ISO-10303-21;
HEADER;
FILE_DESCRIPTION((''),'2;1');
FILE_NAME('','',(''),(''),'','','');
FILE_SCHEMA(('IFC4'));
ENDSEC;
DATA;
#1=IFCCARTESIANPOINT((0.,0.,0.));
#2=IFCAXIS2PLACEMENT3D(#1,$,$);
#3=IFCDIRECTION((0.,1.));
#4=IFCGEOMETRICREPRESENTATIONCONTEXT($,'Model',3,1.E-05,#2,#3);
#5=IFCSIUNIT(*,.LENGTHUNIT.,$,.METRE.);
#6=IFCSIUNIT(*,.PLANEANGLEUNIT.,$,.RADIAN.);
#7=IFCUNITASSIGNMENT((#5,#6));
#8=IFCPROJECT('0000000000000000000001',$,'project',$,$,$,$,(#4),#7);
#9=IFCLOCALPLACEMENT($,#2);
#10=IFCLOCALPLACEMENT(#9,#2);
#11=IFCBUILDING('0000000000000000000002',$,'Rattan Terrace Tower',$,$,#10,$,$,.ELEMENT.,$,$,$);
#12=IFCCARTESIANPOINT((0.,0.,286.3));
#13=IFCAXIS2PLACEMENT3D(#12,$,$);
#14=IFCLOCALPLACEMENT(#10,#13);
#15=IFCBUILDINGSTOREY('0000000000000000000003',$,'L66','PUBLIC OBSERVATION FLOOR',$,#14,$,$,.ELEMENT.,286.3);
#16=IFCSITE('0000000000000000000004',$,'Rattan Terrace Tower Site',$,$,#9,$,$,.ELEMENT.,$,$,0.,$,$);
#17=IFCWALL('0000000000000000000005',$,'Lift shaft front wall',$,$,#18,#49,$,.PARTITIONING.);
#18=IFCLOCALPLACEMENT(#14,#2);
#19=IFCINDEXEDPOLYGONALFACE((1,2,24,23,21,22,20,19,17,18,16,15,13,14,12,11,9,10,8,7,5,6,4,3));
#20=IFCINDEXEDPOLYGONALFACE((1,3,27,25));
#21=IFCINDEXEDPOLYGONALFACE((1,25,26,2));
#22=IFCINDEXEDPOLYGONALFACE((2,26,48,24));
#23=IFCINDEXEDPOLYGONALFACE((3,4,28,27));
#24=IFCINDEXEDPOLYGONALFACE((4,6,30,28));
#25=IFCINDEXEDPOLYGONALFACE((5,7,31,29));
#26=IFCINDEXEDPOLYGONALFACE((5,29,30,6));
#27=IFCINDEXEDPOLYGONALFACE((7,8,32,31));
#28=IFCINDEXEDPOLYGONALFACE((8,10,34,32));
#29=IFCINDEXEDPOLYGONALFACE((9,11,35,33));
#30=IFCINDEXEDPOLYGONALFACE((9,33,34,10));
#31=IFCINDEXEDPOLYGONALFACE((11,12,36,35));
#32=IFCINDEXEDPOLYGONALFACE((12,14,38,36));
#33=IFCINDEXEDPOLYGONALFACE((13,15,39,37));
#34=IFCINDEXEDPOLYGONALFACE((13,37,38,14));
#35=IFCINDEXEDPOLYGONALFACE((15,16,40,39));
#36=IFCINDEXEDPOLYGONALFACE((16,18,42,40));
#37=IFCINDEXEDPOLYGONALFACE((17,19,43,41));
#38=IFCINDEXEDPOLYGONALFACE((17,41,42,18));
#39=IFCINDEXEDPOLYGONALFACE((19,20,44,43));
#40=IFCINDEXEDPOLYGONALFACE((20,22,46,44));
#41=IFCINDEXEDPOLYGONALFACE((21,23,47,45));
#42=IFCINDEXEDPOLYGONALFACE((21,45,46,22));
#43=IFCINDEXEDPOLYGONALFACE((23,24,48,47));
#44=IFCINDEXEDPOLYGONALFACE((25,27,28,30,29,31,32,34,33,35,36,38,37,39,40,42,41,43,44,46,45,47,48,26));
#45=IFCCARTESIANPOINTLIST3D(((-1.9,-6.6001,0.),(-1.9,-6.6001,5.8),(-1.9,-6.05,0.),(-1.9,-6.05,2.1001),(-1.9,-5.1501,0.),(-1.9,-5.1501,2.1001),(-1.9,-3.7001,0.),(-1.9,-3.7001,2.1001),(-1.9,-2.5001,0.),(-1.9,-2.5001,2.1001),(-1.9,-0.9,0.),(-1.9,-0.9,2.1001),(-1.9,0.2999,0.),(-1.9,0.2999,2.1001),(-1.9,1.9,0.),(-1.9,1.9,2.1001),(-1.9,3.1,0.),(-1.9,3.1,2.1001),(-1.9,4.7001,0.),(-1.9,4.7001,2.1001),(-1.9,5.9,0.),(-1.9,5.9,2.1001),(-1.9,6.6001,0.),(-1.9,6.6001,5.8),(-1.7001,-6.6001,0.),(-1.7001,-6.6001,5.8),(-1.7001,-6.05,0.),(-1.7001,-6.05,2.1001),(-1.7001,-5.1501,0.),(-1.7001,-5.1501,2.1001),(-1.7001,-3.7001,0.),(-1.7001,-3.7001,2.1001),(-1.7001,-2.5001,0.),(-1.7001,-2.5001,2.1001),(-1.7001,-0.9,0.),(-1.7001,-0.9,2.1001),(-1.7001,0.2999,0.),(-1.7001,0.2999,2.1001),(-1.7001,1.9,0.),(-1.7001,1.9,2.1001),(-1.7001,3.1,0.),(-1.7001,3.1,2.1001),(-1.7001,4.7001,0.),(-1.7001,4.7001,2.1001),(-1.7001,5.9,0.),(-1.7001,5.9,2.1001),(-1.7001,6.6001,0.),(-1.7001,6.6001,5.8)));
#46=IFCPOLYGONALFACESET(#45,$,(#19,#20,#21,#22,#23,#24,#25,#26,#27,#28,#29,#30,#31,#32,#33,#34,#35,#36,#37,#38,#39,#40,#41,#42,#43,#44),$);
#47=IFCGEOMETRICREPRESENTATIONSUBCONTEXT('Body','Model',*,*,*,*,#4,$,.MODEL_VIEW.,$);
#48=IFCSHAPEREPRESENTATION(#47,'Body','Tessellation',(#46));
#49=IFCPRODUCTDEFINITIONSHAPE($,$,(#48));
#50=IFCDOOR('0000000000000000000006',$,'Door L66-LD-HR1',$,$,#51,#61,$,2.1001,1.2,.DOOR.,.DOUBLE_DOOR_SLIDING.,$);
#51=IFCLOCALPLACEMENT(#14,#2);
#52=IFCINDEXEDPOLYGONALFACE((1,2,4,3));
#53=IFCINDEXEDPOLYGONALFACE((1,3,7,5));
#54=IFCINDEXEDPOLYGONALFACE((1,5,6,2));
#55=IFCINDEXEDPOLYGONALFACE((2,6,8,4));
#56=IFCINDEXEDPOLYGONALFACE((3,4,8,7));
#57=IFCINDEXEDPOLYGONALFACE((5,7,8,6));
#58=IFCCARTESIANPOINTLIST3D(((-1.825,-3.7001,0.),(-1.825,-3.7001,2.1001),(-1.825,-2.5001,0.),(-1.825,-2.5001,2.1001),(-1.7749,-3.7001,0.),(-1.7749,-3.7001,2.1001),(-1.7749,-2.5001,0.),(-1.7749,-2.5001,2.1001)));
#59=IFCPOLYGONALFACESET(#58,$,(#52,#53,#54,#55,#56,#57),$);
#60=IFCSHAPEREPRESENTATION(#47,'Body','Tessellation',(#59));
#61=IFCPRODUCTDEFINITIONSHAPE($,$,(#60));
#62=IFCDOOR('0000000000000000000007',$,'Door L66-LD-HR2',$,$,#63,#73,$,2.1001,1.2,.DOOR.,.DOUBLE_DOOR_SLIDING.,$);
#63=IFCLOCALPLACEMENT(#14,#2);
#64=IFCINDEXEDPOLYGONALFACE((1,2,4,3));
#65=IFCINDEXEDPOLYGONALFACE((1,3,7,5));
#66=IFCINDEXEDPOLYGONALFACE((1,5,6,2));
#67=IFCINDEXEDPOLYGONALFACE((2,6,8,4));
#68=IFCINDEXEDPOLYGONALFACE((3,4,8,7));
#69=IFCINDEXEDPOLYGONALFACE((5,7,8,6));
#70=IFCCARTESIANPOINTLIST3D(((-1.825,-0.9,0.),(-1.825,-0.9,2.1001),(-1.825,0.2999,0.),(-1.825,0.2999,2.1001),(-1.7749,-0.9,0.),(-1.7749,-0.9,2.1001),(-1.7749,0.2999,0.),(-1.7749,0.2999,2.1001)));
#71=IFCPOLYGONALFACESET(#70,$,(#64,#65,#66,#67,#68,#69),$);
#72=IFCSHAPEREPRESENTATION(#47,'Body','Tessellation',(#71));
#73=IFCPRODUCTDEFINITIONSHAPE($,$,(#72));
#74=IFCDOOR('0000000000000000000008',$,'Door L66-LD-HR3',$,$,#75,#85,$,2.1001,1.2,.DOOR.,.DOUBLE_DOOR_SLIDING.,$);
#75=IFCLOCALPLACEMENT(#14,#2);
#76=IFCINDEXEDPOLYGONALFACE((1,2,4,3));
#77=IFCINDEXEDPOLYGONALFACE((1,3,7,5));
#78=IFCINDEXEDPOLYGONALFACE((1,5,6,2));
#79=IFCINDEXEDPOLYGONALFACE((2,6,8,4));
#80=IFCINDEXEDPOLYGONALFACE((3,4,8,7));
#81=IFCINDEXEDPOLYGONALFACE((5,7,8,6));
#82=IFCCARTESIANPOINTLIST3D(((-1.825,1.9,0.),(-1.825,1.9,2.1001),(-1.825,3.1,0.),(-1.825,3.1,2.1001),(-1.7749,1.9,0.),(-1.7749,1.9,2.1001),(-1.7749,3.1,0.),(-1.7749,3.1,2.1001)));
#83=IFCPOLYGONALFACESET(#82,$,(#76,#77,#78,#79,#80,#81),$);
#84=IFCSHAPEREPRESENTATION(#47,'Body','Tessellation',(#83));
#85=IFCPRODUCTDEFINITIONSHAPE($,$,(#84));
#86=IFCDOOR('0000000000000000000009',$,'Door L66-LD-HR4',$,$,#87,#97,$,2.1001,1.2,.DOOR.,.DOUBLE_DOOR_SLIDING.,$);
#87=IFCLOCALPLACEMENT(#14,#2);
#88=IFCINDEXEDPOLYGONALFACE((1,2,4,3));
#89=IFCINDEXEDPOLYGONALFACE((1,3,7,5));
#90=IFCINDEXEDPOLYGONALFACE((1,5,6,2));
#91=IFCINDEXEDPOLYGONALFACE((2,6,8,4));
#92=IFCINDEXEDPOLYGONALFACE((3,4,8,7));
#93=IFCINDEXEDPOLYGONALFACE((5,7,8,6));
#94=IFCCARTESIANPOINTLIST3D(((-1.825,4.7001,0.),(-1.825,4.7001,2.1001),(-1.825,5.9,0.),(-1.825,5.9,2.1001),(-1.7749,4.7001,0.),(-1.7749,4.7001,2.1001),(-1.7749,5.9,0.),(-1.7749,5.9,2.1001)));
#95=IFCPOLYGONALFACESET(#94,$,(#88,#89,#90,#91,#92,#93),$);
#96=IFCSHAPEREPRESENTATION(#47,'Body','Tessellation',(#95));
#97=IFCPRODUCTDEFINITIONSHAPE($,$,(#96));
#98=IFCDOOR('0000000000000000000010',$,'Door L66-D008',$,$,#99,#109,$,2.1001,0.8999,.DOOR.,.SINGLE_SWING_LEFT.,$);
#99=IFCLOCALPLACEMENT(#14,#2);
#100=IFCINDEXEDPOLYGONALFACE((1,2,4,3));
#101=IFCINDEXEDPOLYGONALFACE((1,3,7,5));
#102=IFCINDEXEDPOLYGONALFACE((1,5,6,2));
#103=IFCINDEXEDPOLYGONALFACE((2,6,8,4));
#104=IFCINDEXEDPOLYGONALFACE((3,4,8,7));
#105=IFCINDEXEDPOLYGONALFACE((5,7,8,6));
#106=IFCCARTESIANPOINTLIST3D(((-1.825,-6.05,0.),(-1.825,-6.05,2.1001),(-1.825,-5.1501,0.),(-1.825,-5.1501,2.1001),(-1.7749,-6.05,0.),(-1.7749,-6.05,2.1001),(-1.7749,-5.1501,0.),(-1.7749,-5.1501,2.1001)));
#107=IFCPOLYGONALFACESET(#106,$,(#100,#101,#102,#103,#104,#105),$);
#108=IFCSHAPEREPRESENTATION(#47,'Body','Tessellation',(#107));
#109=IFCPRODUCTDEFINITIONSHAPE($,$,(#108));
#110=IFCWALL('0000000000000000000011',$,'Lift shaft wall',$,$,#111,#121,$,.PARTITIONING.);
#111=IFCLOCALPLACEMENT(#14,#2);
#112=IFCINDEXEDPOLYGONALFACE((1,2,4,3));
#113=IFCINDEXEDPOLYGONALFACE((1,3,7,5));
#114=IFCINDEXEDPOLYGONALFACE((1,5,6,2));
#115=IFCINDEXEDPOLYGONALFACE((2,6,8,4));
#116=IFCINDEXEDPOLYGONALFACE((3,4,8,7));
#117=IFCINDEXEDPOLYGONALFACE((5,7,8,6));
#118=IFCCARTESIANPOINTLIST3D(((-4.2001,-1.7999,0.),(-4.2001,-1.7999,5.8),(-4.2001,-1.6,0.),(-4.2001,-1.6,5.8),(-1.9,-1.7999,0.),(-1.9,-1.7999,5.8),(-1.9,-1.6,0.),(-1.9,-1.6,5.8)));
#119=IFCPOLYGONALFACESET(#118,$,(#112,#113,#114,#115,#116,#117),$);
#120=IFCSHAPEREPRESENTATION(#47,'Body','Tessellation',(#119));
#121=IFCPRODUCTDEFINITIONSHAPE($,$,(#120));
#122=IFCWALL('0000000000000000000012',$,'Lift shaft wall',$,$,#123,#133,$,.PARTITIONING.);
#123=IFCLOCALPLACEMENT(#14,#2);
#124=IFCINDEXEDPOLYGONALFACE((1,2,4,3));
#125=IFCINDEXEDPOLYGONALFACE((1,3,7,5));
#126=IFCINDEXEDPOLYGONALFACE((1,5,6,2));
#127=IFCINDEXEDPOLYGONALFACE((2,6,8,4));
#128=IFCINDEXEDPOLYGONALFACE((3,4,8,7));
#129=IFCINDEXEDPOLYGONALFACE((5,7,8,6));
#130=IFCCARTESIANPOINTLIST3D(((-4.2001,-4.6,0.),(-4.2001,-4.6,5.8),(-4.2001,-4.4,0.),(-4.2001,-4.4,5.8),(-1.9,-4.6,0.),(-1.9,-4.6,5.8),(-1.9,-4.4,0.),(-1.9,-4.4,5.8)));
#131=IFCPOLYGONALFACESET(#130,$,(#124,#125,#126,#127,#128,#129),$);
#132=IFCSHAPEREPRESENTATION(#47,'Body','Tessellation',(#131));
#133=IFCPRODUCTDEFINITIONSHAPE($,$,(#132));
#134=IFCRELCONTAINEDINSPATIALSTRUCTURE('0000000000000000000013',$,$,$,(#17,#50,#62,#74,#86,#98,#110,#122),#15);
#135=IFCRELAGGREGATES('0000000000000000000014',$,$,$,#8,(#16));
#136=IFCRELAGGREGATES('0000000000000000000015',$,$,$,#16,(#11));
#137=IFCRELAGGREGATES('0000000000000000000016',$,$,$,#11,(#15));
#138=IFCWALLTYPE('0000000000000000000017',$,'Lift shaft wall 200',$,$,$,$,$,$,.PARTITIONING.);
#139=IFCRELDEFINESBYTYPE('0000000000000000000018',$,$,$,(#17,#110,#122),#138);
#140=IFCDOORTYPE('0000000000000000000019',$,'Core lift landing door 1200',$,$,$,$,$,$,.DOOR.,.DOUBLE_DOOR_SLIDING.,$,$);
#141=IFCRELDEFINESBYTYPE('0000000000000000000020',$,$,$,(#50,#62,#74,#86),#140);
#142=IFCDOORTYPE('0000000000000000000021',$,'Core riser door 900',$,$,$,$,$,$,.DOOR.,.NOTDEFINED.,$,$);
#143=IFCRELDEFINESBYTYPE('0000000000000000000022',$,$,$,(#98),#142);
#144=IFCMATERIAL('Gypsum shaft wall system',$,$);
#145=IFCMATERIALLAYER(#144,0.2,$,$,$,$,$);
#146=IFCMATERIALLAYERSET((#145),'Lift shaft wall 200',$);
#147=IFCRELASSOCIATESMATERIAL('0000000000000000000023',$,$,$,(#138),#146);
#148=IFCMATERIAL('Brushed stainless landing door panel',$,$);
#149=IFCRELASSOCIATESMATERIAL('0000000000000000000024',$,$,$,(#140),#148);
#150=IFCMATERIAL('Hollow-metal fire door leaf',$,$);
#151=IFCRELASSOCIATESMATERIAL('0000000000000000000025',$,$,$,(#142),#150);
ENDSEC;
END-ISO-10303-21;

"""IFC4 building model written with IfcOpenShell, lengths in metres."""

from ifc_helpers import new_model, si_unit, direction, frame, frame_2d, origin, place, context, subcontext, project, spatial, rectangle, extrude, material, layer, layer_set, type_object, element, fill, save


model = new_model("IFC4")

# Units and contexts
model_context = context("Model", 3, precision=1e-05, world=origin(), true_north=direction((0.0, 1.0)))
body_context = subcontext(model_context, "Body", "Model", "MODEL_VIEW")
ifc_project = project(units=[si_unit("LENGTHUNIT", "METRE"), si_unit("PLANEANGLEUNIT", "RADIAN")], contexts=[model_context])

# Site, building, storey
site_placement = place(None, origin())
site = spatial("IfcSite", under=ifc_project, at=site_placement, Name="Rattan Terrace Tower Site", CompositionType="ELEMENT", RefElevation=0.0)
building_placement = place(site_placement, origin())
building = spatial("IfcBuilding", under=site, at=building_placement, Name="Rattan Terrace Tower", CompositionType="ELEMENT")
storey_placement = place(building_placement, frame((0.0, 0.0, 286.3)))
storey = spatial("IfcBuildingStorey", under=building, at=storey_placement, Name="L66", Description="PUBLIC OBSERVATION FLOOR", CompositionType="ELEMENT", Elevation=286.3)

# Wall, openings, doors
ifc_material_1 = material(Name="Gypsum shaft wall system")
ifc_layer_1 = layer(ifc_material_1, 0.2)
ifc_layer_set_1 = layer_set([ifc_layer_1], Name="Lift shaft wall 200")
wall_type_1 = type_object("IfcWallType", Name="Lift shaft wall 200", PredefinedType="PARTITIONING", material=ifc_layer_set_1)
wall_1_placement = place(storey_placement, frame((-1.8, -6.6001, 0.0), z_axis=(0.0, 0.0, 1.0), x_axis=(0.0, 1.0, 0.0)))
wall_1 = element("IfcWall", 1, at=wall_1_placement, inside=storey, type_object=wall_type_1, Name="Lift shaft front wall", PredefinedType="PARTITIONING", context=body_context, shape_type="SweptSolid", body=[
    extrude(rectangle(XDim=13.2002, YDim=0.2, at=frame_2d((6.6001, 0.0))), origin(), (0.0, 0.0, 1.0), 5.8),
])
opening_1_placement = place(wall_1_placement, frame((0.55, 0.0, 0.0)))
opening_1 = element("IfcOpeningElement", 2, at=opening_1_placement, cuts=wall_1, PredefinedType="OPENING", context=body_context, shape_type="SweptSolid", body=[
    extrude(rectangle(XDim=0.8999, YDim=2.1001, at=frame_2d((0.45, 1.05))), frame((0.0, 0.1106, 0.0), z_axis=(0.0, -1.0, 0.0), x_axis=(1.0, 0.0, 0.0)), (0.0, 0.0, 1.0), 0.2209),
])
opening_2_placement = place(wall_1_placement, frame((2.8999, 0.0, 0.0)))
opening_2 = element("IfcOpeningElement", 3, at=opening_2_placement, cuts=wall_1, PredefinedType="OPENING", context=body_context, shape_type="SweptSolid", body=[
    extrude(rectangle(XDim=1.2, YDim=2.1001, at=frame_2d((0.6001, 1.05))), frame((0.0, 0.1106, 0.0), z_axis=(0.0, -1.0, 0.0), x_axis=(1.0, 0.0, 0.0)), (0.0, 0.0, 1.0), 0.2209),
])
opening_3_placement = place(wall_1_placement, frame((5.7, 0.0, 0.0)))
opening_3 = element("IfcOpeningElement", 4, at=opening_3_placement, cuts=wall_1, PredefinedType="OPENING", context=body_context, shape_type="SweptSolid", body=[
    extrude(rectangle(XDim=1.2, YDim=2.1001, at=frame_2d((0.6001, 1.05))), frame((0.0, 0.1106, 0.0), z_axis=(0.0, -1.0, 0.0), x_axis=(1.0, 0.0, 0.0)), (0.0, 0.0, 1.0), 0.2209),
])
opening_4_placement = place(wall_1_placement, frame((8.5, 0.0, 0.0)))
opening_4 = element("IfcOpeningElement", 5, at=opening_4_placement, cuts=wall_1, PredefinedType="OPENING", context=body_context, shape_type="SweptSolid", body=[
    extrude(rectangle(XDim=1.2, YDim=2.1001, at=frame_2d((0.6001, 1.05))), frame((0.0, 0.1106, 0.0), z_axis=(0.0, -1.0, 0.0), x_axis=(1.0, 0.0, 0.0)), (0.0, 0.0, 1.0), 0.2209),
])
opening_5_placement = place(wall_1_placement, frame((11.3, 0.0, 0.0)))
opening_5 = element("IfcOpeningElement", 6, at=opening_5_placement, cuts=wall_1, PredefinedType="OPENING", context=body_context, shape_type="SweptSolid", body=[
    extrude(rectangle(XDim=1.2, YDim=2.1001, at=frame_2d((0.6001, 1.05))), frame((0.0, 0.1106, 0.0), z_axis=(0.0, -1.0, 0.0), x_axis=(1.0, 0.0, 0.0)), (0.0, 0.0, 1.0), 0.2209),
])
ifc_material_2 = material(Name="Brushed stainless landing door panel")
door_type_1 = type_object("IfcDoorType", Name="Core lift landing door 1200", OperationType="DOUBLE_DOOR_SLIDING", PredefinedType="DOOR", material=ifc_material_2)
door_1_placement = place(opening_2_placement, origin())
door_1 = element("IfcDoor", 7, at=door_1_placement, inside=storey, type_object=door_type_1, Name="Door L66-LD-HR1", OperationType="DOUBLE_DOOR_SLIDING", OverallHeight=2.1001, OverallWidth=1.2, PredefinedType="DOOR", context=body_context, shape_type="SweptSolid", body=[
    extrude(rectangle(XDim=1.2, YDim=2.1001, at=frame_2d((0.6001, 1.05))), frame((0.0, 0.0249, 0.0), z_axis=(0.0, -1.0, 0.0), x_axis=(1.0, 0.0, 0.0)), (0.0, 0.0, 1.0), 0.05),
])
fill(opening_2, door_1)
door_2_placement = place(opening_3_placement, origin())
door_2 = element("IfcDoor", 8, at=door_2_placement, inside=storey, type_object=door_type_1, Name="Door L66-LD-HR2", OperationType="DOUBLE_DOOR_SLIDING", OverallHeight=2.1001, OverallWidth=1.2, PredefinedType="DOOR", context=body_context, shape_type="SweptSolid", body=[
    extrude(rectangle(XDim=1.2, YDim=2.1001, at=frame_2d((0.6001, 1.05))), frame((0.0, 0.0249, 0.0), z_axis=(0.0, -1.0, 0.0), x_axis=(1.0, 0.0, 0.0)), (0.0, 0.0, 1.0), 0.05),
])
fill(opening_3, door_2)
door_3_placement = place(opening_4_placement, origin())
door_3 = element("IfcDoor", 9, at=door_3_placement, inside=storey, type_object=door_type_1, Name="Door L66-LD-HR3", OperationType="DOUBLE_DOOR_SLIDING", OverallHeight=2.1001, OverallWidth=1.2, PredefinedType="DOOR", context=body_context, shape_type="SweptSolid", body=[
    extrude(rectangle(XDim=1.2, YDim=2.1001, at=frame_2d((0.6001, 1.05))), frame((0.0, 0.0249, 0.0), z_axis=(0.0, -1.0, 0.0), x_axis=(1.0, 0.0, 0.0)), (0.0, 0.0, 1.0), 0.05),
])
fill(opening_4, door_3)
door_4_placement = place(opening_5_placement, origin())
door_4 = element("IfcDoor", 10, at=door_4_placement, inside=storey, type_object=door_type_1, Name="Door L66-LD-HR4", OperationType="DOUBLE_DOOR_SLIDING", OverallHeight=2.1001, OverallWidth=1.2, PredefinedType="DOOR", context=body_context, shape_type="SweptSolid", body=[
    extrude(rectangle(XDim=1.2, YDim=2.1001, at=frame_2d((0.6001, 1.05))), frame((0.0, 0.0249, 0.0), z_axis=(0.0, -1.0, 0.0), x_axis=(1.0, 0.0, 0.0)), (0.0, 0.0, 1.0), 0.05),
])
fill(opening_5, door_4)
ifc_material_3 = material(Name="Hollow-metal fire door leaf")
door_type_2 = type_object("IfcDoorType", Name="Core riser door 900", OperationType="NOTDEFINED", PredefinedType="DOOR", material=ifc_material_3)
door_5_placement = place(opening_1_placement, origin())
door_5 = element("IfcDoor", 11, at=door_5_placement, inside=storey, type_object=door_type_2, Name="Door L66-D008", OperationType="SINGLE_SWING_LEFT", OverallHeight=2.1001, OverallWidth=0.8999, PredefinedType="DOOR", context=body_context, shape_type="SweptSolid", body=[
    extrude(rectangle(XDim=0.8999, YDim=2.1001, at=frame_2d((0.45, 1.05))), frame((0.0, 0.0249, 0.0), z_axis=(0.0, -1.0, 0.0), x_axis=(1.0, 0.0, 0.0)), (0.0, 0.0, 1.0), 0.05),
])
fill(opening_1, door_5)

# Walls
for number, where, z_axis, x_axis, name in (
    (12, (-4.2, -1.7, 0.0), (0.0, 0.0, 1.0), (1.0, 0.0, 0.0), "Lift shaft wall"),
    (13, (-4.2, -4.5, 0.0), (0.0, 0.0, 1.0), (1.0, 0.0, 0.0), "Lift shaft wall"),
):
    element("IfcWall", number, at=place(storey_placement, frame(where, z_axis=z_axis, x_axis=x_axis)), inside=storey, type_object=wall_type_1, Name=name, PredefinedType="PARTITIONING", context=body_context, shape_type="SweptSolid", body=[
        extrude(rectangle(XDim=2.3, YDim=0.2, at=frame_2d((1.1499, 0.0))), origin(), (0.0, 0.0, 1.0), 5.8),
    ])

save(model, "model.ifc")
